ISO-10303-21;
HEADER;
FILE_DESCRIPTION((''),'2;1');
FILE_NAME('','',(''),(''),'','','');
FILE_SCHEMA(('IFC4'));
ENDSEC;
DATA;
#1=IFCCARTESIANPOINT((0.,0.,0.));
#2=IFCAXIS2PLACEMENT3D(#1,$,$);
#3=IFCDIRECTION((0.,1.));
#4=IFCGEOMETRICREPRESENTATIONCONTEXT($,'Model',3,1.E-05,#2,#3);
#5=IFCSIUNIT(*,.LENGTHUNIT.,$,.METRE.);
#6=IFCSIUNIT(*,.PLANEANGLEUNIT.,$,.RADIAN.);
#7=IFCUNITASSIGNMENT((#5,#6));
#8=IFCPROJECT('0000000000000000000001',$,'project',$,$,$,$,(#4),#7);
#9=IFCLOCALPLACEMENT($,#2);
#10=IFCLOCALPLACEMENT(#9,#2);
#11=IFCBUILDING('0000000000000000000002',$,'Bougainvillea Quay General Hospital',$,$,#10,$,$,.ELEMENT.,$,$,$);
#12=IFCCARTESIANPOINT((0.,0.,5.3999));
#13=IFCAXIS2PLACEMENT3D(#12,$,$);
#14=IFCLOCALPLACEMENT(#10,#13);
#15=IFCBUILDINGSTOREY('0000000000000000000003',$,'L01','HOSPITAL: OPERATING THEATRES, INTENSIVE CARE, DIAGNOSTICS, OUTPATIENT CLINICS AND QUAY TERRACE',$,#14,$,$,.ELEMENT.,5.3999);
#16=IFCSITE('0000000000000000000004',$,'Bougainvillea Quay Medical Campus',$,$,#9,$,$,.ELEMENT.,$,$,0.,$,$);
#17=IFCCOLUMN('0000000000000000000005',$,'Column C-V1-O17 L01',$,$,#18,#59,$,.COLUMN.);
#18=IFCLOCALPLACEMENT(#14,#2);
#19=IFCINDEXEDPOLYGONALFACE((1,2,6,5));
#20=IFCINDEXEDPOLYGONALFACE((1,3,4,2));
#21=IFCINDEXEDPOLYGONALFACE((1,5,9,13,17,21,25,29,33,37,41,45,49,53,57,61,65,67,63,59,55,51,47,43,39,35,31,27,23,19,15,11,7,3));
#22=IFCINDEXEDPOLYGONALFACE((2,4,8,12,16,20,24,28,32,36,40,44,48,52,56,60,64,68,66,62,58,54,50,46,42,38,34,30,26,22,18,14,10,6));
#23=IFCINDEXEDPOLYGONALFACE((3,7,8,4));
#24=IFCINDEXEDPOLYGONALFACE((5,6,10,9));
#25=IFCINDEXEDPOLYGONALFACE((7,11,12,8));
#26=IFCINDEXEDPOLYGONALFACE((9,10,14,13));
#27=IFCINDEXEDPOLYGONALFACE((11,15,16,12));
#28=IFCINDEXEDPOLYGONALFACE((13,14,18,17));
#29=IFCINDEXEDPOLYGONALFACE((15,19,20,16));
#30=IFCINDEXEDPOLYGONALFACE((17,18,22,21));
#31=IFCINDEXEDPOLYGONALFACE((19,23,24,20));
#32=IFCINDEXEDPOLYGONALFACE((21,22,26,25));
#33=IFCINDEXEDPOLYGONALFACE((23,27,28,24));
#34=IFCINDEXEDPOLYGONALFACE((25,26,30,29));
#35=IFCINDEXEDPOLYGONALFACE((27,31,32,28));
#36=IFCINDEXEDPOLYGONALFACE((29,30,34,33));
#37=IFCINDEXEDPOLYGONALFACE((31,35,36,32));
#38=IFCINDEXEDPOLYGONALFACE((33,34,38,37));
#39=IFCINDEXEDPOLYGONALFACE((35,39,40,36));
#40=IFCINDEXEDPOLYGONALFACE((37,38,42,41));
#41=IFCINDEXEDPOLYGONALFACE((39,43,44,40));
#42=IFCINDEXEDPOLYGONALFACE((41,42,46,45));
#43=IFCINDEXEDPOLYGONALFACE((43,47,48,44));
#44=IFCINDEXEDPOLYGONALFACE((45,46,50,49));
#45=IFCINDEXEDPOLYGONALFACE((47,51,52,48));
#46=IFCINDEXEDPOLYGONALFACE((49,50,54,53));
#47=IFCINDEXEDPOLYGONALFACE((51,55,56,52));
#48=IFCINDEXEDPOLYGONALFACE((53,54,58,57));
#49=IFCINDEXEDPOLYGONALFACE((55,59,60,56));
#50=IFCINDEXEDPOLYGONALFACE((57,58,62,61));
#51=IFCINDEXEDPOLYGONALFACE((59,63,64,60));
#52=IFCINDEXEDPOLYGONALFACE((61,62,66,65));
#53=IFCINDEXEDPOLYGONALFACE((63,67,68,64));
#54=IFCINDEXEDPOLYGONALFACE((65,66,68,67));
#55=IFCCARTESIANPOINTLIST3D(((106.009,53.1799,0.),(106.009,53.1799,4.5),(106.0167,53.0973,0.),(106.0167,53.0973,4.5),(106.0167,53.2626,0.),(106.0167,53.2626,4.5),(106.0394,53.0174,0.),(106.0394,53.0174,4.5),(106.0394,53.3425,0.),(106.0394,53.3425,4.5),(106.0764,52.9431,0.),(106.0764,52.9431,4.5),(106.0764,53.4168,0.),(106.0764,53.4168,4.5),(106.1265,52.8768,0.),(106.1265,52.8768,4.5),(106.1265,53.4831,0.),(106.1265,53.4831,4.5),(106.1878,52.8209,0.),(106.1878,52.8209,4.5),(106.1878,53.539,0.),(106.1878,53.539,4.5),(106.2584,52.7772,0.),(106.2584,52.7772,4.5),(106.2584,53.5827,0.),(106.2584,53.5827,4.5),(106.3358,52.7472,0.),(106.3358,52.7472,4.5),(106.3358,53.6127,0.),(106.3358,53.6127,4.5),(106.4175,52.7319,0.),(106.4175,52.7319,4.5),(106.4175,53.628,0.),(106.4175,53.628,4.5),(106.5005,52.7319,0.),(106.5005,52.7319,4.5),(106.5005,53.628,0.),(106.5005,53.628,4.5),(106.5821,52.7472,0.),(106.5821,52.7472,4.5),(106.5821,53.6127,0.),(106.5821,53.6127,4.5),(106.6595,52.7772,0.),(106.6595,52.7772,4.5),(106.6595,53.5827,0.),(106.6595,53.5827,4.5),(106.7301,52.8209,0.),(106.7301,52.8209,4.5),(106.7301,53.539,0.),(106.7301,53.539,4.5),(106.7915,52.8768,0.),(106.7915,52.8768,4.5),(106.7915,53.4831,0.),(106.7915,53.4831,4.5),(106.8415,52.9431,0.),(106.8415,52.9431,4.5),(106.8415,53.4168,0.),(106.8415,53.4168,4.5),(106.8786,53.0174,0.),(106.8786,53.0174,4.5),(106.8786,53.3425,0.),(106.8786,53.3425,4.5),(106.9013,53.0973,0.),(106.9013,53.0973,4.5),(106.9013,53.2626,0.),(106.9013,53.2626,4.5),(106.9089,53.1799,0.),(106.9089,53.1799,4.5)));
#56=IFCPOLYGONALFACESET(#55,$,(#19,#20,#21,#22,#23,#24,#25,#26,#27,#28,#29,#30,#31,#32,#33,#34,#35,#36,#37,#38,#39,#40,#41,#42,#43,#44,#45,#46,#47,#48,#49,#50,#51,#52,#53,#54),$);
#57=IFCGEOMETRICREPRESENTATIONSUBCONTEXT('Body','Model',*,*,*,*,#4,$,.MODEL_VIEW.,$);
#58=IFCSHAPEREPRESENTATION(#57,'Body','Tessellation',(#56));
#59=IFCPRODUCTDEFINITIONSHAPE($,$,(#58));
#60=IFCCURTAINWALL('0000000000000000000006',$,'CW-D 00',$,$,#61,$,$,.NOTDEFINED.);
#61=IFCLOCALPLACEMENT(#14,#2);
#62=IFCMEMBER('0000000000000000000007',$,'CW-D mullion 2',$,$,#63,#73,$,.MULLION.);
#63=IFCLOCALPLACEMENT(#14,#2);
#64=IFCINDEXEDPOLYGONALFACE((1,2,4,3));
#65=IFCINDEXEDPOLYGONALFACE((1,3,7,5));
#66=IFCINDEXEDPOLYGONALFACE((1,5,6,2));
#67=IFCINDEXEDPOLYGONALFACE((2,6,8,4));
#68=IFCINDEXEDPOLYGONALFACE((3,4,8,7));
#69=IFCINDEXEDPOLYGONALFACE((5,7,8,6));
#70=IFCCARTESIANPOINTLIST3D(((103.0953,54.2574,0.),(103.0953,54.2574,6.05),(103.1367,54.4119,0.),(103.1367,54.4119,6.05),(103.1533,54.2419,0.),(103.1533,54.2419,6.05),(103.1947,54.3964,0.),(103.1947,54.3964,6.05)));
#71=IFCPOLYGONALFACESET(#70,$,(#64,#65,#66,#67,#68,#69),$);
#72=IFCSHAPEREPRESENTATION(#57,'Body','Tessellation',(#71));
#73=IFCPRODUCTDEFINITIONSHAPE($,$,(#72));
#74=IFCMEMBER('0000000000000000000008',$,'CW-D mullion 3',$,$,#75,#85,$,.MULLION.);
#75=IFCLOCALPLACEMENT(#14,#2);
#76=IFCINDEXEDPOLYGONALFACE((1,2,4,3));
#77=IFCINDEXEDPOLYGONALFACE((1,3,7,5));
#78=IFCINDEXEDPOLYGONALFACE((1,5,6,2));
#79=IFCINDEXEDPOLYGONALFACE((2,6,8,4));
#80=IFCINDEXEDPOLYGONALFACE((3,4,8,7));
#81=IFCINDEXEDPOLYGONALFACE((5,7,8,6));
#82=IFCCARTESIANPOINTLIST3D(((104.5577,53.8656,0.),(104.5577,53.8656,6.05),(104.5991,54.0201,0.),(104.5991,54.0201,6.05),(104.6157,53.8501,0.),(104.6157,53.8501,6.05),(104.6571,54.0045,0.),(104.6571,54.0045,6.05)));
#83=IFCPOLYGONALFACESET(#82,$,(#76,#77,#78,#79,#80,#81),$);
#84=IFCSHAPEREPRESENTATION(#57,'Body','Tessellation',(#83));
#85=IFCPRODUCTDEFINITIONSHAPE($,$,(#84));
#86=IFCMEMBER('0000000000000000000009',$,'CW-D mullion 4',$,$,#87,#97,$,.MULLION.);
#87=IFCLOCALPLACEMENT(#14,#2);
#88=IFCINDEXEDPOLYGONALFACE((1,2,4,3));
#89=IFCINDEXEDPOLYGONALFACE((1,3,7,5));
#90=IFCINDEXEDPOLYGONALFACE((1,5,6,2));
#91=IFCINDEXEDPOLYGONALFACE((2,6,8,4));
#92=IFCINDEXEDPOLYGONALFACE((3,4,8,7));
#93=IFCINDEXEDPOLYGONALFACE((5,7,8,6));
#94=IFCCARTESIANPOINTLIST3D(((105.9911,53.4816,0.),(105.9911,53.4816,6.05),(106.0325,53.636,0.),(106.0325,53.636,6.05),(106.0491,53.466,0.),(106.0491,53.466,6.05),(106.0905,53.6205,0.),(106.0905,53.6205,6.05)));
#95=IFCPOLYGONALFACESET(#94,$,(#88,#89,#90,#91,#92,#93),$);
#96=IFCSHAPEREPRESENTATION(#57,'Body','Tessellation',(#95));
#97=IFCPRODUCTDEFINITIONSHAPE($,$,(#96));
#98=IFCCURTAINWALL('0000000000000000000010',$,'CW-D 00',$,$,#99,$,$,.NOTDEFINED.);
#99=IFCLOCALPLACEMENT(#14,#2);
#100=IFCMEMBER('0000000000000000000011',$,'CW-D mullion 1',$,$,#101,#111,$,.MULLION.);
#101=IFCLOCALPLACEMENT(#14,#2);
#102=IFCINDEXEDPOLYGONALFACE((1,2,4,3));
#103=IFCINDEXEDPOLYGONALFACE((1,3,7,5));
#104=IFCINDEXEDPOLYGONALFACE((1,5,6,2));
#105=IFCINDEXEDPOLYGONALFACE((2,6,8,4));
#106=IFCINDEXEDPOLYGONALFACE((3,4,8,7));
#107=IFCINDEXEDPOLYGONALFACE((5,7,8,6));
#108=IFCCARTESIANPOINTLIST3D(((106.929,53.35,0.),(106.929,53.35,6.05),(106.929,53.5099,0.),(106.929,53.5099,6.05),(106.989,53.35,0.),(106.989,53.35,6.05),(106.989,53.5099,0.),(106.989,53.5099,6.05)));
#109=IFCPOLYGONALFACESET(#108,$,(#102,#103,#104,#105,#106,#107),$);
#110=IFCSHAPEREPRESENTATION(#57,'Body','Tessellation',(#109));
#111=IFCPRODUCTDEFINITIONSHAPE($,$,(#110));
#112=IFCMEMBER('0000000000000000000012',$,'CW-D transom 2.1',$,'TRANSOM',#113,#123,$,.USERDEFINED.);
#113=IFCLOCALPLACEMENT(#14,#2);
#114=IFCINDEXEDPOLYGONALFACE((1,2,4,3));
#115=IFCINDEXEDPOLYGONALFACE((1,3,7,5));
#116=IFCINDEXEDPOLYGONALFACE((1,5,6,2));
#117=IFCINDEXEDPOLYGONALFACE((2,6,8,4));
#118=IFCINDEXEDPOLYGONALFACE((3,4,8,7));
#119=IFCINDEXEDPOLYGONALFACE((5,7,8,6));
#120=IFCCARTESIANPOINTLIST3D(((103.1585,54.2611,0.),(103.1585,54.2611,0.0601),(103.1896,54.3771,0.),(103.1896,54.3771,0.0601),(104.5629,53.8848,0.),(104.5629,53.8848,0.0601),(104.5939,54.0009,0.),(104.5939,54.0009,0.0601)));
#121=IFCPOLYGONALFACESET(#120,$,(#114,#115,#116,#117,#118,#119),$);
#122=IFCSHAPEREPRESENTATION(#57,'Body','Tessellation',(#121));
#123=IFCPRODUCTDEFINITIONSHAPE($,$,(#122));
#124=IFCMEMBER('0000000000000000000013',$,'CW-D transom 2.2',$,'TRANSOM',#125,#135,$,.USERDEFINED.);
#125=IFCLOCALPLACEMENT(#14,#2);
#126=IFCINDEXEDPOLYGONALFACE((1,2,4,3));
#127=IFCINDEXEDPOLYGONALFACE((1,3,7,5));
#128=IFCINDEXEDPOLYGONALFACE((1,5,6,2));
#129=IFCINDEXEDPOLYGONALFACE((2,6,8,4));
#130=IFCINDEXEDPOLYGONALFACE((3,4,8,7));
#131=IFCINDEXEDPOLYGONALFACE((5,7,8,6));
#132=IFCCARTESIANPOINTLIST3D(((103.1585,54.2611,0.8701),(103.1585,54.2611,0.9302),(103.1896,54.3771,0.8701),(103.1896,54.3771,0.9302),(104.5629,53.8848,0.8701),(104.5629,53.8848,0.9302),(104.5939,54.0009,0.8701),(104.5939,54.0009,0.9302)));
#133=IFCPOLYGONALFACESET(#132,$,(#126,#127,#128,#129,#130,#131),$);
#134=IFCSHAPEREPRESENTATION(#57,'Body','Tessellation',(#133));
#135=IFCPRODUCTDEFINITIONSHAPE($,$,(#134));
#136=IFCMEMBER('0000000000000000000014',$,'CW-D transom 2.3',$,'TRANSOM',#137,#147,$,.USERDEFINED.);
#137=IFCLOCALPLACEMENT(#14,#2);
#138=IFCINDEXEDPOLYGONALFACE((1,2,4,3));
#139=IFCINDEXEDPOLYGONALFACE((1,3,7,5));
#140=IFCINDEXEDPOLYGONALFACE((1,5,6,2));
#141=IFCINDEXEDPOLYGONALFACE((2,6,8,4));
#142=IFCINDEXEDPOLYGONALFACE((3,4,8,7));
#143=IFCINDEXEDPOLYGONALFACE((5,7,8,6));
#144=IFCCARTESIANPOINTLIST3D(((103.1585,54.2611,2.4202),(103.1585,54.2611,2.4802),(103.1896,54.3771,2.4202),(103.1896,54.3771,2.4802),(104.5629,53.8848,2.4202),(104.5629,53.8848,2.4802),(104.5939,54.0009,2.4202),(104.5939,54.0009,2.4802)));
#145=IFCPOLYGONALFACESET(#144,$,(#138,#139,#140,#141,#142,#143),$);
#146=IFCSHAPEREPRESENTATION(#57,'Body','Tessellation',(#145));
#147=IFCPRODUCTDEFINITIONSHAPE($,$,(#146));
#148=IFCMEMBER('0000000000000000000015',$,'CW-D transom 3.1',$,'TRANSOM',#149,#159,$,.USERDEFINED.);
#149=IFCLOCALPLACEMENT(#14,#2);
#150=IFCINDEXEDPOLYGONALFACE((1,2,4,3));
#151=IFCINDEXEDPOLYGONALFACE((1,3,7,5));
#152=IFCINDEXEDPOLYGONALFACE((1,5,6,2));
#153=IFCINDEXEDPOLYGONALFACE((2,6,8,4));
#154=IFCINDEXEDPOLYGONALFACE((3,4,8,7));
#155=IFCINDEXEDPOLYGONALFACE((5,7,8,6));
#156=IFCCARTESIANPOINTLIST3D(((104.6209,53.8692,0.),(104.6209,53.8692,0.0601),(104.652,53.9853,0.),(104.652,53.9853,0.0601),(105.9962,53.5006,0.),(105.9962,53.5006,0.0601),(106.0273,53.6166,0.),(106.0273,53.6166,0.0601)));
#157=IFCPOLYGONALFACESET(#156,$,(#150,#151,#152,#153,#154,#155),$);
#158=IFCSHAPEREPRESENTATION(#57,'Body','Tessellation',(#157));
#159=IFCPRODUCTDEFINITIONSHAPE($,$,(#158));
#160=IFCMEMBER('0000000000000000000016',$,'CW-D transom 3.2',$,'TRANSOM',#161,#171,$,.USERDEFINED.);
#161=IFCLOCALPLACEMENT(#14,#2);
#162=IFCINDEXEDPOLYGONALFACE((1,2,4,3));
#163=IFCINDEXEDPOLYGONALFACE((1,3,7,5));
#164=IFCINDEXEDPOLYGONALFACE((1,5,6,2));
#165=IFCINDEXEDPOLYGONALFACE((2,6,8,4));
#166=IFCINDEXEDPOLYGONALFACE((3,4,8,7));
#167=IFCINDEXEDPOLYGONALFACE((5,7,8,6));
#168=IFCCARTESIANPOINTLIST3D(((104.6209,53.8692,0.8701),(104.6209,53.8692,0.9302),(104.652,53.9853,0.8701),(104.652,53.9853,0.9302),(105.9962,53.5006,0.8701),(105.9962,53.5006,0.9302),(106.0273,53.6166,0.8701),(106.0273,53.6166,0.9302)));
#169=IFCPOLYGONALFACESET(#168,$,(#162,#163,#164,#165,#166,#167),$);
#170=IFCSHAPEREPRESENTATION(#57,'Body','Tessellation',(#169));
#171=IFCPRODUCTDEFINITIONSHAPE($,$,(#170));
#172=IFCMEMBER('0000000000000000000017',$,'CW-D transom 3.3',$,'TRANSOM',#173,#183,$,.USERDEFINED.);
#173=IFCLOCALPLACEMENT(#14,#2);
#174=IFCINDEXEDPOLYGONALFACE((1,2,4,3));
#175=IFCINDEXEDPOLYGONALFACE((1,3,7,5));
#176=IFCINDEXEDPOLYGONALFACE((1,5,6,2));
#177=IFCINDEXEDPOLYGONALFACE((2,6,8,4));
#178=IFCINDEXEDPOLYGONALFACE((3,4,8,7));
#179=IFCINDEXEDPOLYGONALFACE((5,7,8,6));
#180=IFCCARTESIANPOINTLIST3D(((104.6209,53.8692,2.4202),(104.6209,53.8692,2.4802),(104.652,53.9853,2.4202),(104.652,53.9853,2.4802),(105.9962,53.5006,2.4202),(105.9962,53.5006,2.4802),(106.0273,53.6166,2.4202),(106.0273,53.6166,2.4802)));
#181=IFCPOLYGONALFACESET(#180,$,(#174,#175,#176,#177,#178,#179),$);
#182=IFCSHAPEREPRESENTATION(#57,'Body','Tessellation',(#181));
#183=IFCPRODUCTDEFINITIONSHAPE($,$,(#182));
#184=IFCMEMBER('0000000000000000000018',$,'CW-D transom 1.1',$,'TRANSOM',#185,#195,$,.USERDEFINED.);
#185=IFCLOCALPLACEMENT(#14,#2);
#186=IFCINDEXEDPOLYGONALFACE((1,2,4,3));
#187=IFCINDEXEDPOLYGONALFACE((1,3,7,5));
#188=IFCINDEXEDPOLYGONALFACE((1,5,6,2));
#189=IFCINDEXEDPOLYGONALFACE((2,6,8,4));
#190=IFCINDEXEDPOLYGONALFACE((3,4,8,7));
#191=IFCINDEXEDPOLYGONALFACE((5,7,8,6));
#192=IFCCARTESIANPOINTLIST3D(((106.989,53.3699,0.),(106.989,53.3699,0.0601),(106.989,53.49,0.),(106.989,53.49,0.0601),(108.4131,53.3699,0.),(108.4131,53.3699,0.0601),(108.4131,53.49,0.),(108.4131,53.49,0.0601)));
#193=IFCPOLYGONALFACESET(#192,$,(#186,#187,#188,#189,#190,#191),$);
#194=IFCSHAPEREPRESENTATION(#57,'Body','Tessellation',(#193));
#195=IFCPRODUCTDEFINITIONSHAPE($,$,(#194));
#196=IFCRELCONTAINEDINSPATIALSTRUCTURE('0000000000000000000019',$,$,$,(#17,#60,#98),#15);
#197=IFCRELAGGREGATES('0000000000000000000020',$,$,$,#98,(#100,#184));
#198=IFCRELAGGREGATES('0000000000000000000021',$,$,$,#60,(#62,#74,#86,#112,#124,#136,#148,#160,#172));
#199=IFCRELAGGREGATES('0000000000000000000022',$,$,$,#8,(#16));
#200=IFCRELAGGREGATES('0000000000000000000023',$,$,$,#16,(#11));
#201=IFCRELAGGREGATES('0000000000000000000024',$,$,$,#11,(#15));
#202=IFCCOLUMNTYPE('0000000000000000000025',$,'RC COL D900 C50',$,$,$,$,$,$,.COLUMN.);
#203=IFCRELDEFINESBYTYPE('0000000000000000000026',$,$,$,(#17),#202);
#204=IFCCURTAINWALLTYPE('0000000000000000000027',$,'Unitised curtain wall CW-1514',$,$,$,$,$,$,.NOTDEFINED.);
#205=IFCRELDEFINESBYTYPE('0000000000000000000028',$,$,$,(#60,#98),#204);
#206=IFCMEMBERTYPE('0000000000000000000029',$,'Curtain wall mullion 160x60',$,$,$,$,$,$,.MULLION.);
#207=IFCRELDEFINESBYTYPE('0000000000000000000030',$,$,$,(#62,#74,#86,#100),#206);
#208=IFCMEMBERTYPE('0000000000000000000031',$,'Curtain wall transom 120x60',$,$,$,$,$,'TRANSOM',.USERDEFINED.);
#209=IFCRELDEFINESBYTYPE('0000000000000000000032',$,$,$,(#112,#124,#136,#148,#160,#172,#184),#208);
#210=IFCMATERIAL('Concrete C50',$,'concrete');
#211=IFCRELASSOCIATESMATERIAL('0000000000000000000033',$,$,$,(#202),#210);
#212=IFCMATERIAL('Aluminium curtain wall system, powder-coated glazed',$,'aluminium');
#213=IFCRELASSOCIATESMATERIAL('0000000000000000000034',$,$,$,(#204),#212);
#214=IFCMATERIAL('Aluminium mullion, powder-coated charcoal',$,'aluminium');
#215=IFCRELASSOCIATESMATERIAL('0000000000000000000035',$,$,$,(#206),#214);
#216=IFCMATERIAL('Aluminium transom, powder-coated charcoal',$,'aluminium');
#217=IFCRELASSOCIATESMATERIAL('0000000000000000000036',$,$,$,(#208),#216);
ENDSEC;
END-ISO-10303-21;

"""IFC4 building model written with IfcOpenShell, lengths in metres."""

from ifc_helpers import new_model, si_unit, direction, frame, origin, origin_2d, place, context, subcontext, project, spatial, rectangle, circle, extrude, material, material_profile, profile_set, type_object, element, aggregate, save


model = new_model("IFC4")

# Units and contexts
model_context = context("Model", 3, precision=1e-05, world=origin(), true_north=direction((0.0, 1.0)))
body_context = subcontext(model_context, "Body", "Model", "MODEL_VIEW")
ifc_project = project(units=[si_unit("LENGTHUNIT", "METRE"), si_unit("PLANEANGLEUNIT", "RADIAN")], contexts=[model_context])

# Site, building, storey
site_placement = place(None, origin())
site = spatial("IfcSite", under=ifc_project, at=site_placement, Name="Bougainvillea Quay Medical Campus", CompositionType="ELEMENT", RefElevation=0.0)
building_placement = place(site_placement, origin())
building = spatial("IfcBuilding", under=site, at=building_placement, Name="Bougainvillea Quay General Hospital", CompositionType="ELEMENT")
storey_placement = place(building_placement, frame((0.0, 0.0, 5.3999)))
storey = spatial("IfcBuildingStorey", under=building, at=storey_placement, Name="L01", Description="HOSPITAL: OPERATING THEATRES, INTENSIVE CARE, DIAGNOSTICS, OUTPATIENT CLINICS AND QUAY TERRACE", CompositionType="ELEMENT", Elevation=5.3999)

# Column
ifc_material_1 = material(Name="Concrete C50", Category="concrete")
ifc_material_profile_1 = material_profile(ifc_material_1, circle(Radius=0.45, at=origin_2d()))
ifc_profile_set_1 = profile_set([ifc_material_profile_1], Name="Concrete C50")
column_type = type_object("IfcColumnType", Name="RC COL D900 C50", PredefinedType="COLUMN", material=ifc_profile_set_1)
column_placement = place(storey_placement, frame((106.459, 53.1799, 0.0), z_axis=(0.0, 0.0, 1.0), x_axis=(1.0, 0.0, 0.0)))
element("IfcColumn", 1, at=column_placement, inside=storey, type_object=column_type, Name="Column C-V1-O17 L01", PredefinedType="COLUMN", context=body_context, shape_type="SweptSolid", body=[
    extrude(circle(Radius=0.45, at=origin_2d()), origin(), (0.0, 0.0, 1.0), 4.5),
])

# Curtain wall, members
ifc_material_2 = material(Name="Aluminium curtain wall system, powder-coated glazed", Category="aluminium")
curtain_wall_type = type_object("IfcCurtainWallType", Name="Unitised curtain wall CW-1514", PredefinedType="NOTDEFINED", material=ifc_material_2)
curtain_wall_1_placement = place(storey_placement, origin())
curtain_wall_1 = element("IfcCurtainWall", 2, at=curtain_wall_1_placement, inside=storey, type_object=curtain_wall_type, Name="CW-D 00", PredefinedType="NOTDEFINED")
ifc_material_3 = material(Name="Aluminium mullion, powder-coated charcoal", Category="aluminium")
ifc_material_profile_2 = material_profile(ifc_material_3, rectangle(XDim=0.1599, YDim=0.0601, at=origin_2d()))
ifc_profile_set_2 = profile_set([ifc_material_profile_2], Name="Aluminium mullion, powder-coated charcoal")
member_type_1 = type_object("IfcMemberType", Name="Curtain wall mullion 160x60", PredefinedType="MULLION", material=ifc_profile_set_2)
member_1_placement = place(storey_placement, frame((103.145, 54.3269, 0.0), z_axis=(0.0, 0.0, 1.0), x_axis=(0.258855, 0.965916, 0.0)))
member_1 = element("IfcMember", 3, at=member_1_placement, type_object=member_type_1, Name="CW-D mullion 2", PredefinedType="MULLION", context=body_context, shape_type="SweptSolid", body=[
    extrude(rectangle(XDim=0.1599, YDim=0.0601, at=origin_2d()), origin(), (0.0, 0.0, 1.0), 6.05),
])
member_2_placement = place(storey_placement, frame((104.6074, 53.9351, 0.0), z_axis=(0.0, 0.0, 1.0), x_axis=(0.258855, 0.965916, 0.0)))
member_2 = element("IfcMember", 4, at=member_2_placement, type_object=member_type_1, Name="CW-D mullion 3", PredefinedType="MULLION", context=body_context, shape_type="SweptSolid", body=[
    extrude(rectangle(XDim=0.1599, YDim=0.0601, at=origin_2d()), origin(), (0.0, 0.0, 1.0), 6.05),
])
member_3_placement = place(storey_placement, frame((106.0408, 53.551, 0.0), z_axis=(0.0, 0.0, 1.0), x_axis=(0.258855, 0.965916, 0.0)))
member_3 = element("IfcMember", 5, at=member_3_placement, type_object=member_type_1, Name="CW-D mullion 4", PredefinedType="MULLION", context=body_context, shape_type="SweptSolid", body=[
    extrude(rectangle(XDim=0.1599, YDim=0.0601, at=origin_2d()), origin(), (0.0, 0.0, 1.0), 6.05),
])

# Curtain wall, member
curtain_wall_2_placement = place(storey_placement, origin())
curtain_wall_2 = element("IfcCurtainWall", 6, at=curtain_wall_2_placement, inside=storey, type_object=curtain_wall_type, Name="CW-D 00", PredefinedType="NOTDEFINED")
member_4_placement = place(storey_placement, frame((106.959, 53.4299, 0.0), z_axis=(0.0, 0.0, 1.0), x_axis=(0.0, 1.0, 0.0)))
member_4 = element("IfcMember", 7, at=member_4_placement, type_object=member_type_1, Name="CW-D mullion 1", PredefinedType="MULLION", context=body_context, shape_type="SweptSolid", body=[
    extrude(rectangle(XDim=0.1599, YDim=0.0601, at=origin_2d()), origin(), (0.0, 0.0, 1.0), 6.05),
])

# Members
ifc_material_4 = material(Name="Aluminium transom, powder-coated charcoal", Category="aluminium")
ifc_material_profile_3 = material_profile(ifc_material_4, rectangle(XDim=0.1201, YDim=0.0601, at=origin_2d()))
ifc_profile_set_3 = profile_set([ifc_material_profile_3], Name="Aluminium transom, powder-coated charcoal")
member_type_2 = type_object("IfcMemberType", Name="Curtain wall transom 120x60", ElementType="TRANSOM", PredefinedType="USERDEFINED", material=ifc_profile_set_3)
member_5_placement = place(storey_placement, frame((103.1741, 54.3191, 0.03), z_axis=(0.965936, -0.258781, 0.0), x_axis=(0.258781, 0.965936, 0.0)))
member_5 = element("IfcMember", 8, at=member_5_placement, type_object=member_type_2, Name="CW-D transom 2.1", ObjectType="TRANSOM", PredefinedType="USERDEFINED", context=body_context, shape_type="SweptSolid", body=[
    extrude(rectangle(XDim=0.1201, YDim=0.0601, at=origin_2d()), origin(), (0.0, 0.0, 1.0), 1.4539),
])
member_6_placement = place(storey_placement, frame((103.1741, 54.3191, 0.9001), z_axis=(0.965936, -0.258781, 0.0), x_axis=(0.258781, 0.965936, 0.0)))
member_6 = element("IfcMember", 9, at=member_6_placement, type_object=member_type_2, Name="CW-D transom 2.2", ObjectType="TRANSOM", PredefinedType="USERDEFINED", context=body_context, shape_type="SweptSolid", body=[
    extrude(rectangle(XDim=0.1201, YDim=0.0601, at=origin_2d()), origin(), (0.0, 0.0, 1.0), 1.4539),
])
member_7_placement = place(storey_placement, frame((103.1741, 54.3191, 2.4502), z_axis=(0.965936, -0.258781, 0.0), x_axis=(0.258781, 0.965936, 0.0)))
member_7 = element("IfcMember", 10, at=member_7_placement, type_object=member_type_2, Name="CW-D transom 2.3", ObjectType="TRANSOM", PredefinedType="USERDEFINED", context=body_context, shape_type="SweptSolid", body=[
    extrude(rectangle(XDim=0.1201, YDim=0.0601, at=origin_2d()), origin(), (0.0, 0.0, 1.0), 1.4539),
])
member_8_placement = place(storey_placement, frame((104.6365, 53.9272, 0.03), z_axis=(0.965898, -0.258922, 0.0), x_axis=(0.258922, 0.965898, 0.0)))
member_8 = element("IfcMember", 11, at=member_8_placement, type_object=member_type_2, Name="CW-D transom 3.1", ObjectType="TRANSOM", PredefinedType="USERDEFINED", context=body_context, shape_type="SweptSolid", body=[
    extrude(rectangle(XDim=0.1201, YDim=0.0601, at=origin_2d()), origin(), (0.0, 0.0, 1.0), 1.4238),
])
member_9_placement = place(storey_placement, frame((104.6365, 53.9272, 0.9001), z_axis=(0.965898, -0.258922, 0.0), x_axis=(0.258922, 0.965898, 0.0)))
member_9 = element("IfcMember", 12, at=member_9_placement, type_object=member_type_2, Name="CW-D transom 3.2", ObjectType="TRANSOM", PredefinedType="USERDEFINED", context=body_context, shape_type="SweptSolid", body=[
    extrude(rectangle(XDim=0.1201, YDim=0.0601, at=origin_2d()), origin(), (0.0, 0.0, 1.0), 1.4238),
])
member_10_placement = place(storey_placement, frame((104.6365, 53.9272, 2.4502), z_axis=(0.965898, -0.258922, 0.0), x_axis=(0.258922, 0.965898, 0.0)))
member_10 = element("IfcMember", 13, at=member_10_placement, type_object=member_type_2, Name="CW-D transom 3.3", ObjectType="TRANSOM", PredefinedType="USERDEFINED", context=body_context, shape_type="SweptSolid", body=[
    extrude(rectangle(XDim=0.1201, YDim=0.0601, at=origin_2d()), origin(), (0.0, 0.0, 1.0), 1.4238),
])
member_11_placement = place(storey_placement, frame((106.989, 53.4299, 0.03), z_axis=(1.0, 0.0, 0.0), x_axis=(0.0, 1.0, 0.0)))
member_11 = element("IfcMember", 14, at=member_11_placement, type_object=member_type_2, Name="CW-D transom 1.1", ObjectType="TRANSOM", PredefinedType="USERDEFINED", context=body_context, shape_type="SweptSolid", body=[
    extrude(rectangle(XDim=0.1201, YDim=0.0601, at=origin_2d()), origin(), (0.0, 0.0, 1.0), 1.4241),
])
aggregate(curtain_wall_2, [member_4, member_11])

aggregate(curtain_wall_1, [member_1, member_2, member_3, member_5, member_6, member_7, member_8, member_9, member_10])

save(model, "model.ifc")
